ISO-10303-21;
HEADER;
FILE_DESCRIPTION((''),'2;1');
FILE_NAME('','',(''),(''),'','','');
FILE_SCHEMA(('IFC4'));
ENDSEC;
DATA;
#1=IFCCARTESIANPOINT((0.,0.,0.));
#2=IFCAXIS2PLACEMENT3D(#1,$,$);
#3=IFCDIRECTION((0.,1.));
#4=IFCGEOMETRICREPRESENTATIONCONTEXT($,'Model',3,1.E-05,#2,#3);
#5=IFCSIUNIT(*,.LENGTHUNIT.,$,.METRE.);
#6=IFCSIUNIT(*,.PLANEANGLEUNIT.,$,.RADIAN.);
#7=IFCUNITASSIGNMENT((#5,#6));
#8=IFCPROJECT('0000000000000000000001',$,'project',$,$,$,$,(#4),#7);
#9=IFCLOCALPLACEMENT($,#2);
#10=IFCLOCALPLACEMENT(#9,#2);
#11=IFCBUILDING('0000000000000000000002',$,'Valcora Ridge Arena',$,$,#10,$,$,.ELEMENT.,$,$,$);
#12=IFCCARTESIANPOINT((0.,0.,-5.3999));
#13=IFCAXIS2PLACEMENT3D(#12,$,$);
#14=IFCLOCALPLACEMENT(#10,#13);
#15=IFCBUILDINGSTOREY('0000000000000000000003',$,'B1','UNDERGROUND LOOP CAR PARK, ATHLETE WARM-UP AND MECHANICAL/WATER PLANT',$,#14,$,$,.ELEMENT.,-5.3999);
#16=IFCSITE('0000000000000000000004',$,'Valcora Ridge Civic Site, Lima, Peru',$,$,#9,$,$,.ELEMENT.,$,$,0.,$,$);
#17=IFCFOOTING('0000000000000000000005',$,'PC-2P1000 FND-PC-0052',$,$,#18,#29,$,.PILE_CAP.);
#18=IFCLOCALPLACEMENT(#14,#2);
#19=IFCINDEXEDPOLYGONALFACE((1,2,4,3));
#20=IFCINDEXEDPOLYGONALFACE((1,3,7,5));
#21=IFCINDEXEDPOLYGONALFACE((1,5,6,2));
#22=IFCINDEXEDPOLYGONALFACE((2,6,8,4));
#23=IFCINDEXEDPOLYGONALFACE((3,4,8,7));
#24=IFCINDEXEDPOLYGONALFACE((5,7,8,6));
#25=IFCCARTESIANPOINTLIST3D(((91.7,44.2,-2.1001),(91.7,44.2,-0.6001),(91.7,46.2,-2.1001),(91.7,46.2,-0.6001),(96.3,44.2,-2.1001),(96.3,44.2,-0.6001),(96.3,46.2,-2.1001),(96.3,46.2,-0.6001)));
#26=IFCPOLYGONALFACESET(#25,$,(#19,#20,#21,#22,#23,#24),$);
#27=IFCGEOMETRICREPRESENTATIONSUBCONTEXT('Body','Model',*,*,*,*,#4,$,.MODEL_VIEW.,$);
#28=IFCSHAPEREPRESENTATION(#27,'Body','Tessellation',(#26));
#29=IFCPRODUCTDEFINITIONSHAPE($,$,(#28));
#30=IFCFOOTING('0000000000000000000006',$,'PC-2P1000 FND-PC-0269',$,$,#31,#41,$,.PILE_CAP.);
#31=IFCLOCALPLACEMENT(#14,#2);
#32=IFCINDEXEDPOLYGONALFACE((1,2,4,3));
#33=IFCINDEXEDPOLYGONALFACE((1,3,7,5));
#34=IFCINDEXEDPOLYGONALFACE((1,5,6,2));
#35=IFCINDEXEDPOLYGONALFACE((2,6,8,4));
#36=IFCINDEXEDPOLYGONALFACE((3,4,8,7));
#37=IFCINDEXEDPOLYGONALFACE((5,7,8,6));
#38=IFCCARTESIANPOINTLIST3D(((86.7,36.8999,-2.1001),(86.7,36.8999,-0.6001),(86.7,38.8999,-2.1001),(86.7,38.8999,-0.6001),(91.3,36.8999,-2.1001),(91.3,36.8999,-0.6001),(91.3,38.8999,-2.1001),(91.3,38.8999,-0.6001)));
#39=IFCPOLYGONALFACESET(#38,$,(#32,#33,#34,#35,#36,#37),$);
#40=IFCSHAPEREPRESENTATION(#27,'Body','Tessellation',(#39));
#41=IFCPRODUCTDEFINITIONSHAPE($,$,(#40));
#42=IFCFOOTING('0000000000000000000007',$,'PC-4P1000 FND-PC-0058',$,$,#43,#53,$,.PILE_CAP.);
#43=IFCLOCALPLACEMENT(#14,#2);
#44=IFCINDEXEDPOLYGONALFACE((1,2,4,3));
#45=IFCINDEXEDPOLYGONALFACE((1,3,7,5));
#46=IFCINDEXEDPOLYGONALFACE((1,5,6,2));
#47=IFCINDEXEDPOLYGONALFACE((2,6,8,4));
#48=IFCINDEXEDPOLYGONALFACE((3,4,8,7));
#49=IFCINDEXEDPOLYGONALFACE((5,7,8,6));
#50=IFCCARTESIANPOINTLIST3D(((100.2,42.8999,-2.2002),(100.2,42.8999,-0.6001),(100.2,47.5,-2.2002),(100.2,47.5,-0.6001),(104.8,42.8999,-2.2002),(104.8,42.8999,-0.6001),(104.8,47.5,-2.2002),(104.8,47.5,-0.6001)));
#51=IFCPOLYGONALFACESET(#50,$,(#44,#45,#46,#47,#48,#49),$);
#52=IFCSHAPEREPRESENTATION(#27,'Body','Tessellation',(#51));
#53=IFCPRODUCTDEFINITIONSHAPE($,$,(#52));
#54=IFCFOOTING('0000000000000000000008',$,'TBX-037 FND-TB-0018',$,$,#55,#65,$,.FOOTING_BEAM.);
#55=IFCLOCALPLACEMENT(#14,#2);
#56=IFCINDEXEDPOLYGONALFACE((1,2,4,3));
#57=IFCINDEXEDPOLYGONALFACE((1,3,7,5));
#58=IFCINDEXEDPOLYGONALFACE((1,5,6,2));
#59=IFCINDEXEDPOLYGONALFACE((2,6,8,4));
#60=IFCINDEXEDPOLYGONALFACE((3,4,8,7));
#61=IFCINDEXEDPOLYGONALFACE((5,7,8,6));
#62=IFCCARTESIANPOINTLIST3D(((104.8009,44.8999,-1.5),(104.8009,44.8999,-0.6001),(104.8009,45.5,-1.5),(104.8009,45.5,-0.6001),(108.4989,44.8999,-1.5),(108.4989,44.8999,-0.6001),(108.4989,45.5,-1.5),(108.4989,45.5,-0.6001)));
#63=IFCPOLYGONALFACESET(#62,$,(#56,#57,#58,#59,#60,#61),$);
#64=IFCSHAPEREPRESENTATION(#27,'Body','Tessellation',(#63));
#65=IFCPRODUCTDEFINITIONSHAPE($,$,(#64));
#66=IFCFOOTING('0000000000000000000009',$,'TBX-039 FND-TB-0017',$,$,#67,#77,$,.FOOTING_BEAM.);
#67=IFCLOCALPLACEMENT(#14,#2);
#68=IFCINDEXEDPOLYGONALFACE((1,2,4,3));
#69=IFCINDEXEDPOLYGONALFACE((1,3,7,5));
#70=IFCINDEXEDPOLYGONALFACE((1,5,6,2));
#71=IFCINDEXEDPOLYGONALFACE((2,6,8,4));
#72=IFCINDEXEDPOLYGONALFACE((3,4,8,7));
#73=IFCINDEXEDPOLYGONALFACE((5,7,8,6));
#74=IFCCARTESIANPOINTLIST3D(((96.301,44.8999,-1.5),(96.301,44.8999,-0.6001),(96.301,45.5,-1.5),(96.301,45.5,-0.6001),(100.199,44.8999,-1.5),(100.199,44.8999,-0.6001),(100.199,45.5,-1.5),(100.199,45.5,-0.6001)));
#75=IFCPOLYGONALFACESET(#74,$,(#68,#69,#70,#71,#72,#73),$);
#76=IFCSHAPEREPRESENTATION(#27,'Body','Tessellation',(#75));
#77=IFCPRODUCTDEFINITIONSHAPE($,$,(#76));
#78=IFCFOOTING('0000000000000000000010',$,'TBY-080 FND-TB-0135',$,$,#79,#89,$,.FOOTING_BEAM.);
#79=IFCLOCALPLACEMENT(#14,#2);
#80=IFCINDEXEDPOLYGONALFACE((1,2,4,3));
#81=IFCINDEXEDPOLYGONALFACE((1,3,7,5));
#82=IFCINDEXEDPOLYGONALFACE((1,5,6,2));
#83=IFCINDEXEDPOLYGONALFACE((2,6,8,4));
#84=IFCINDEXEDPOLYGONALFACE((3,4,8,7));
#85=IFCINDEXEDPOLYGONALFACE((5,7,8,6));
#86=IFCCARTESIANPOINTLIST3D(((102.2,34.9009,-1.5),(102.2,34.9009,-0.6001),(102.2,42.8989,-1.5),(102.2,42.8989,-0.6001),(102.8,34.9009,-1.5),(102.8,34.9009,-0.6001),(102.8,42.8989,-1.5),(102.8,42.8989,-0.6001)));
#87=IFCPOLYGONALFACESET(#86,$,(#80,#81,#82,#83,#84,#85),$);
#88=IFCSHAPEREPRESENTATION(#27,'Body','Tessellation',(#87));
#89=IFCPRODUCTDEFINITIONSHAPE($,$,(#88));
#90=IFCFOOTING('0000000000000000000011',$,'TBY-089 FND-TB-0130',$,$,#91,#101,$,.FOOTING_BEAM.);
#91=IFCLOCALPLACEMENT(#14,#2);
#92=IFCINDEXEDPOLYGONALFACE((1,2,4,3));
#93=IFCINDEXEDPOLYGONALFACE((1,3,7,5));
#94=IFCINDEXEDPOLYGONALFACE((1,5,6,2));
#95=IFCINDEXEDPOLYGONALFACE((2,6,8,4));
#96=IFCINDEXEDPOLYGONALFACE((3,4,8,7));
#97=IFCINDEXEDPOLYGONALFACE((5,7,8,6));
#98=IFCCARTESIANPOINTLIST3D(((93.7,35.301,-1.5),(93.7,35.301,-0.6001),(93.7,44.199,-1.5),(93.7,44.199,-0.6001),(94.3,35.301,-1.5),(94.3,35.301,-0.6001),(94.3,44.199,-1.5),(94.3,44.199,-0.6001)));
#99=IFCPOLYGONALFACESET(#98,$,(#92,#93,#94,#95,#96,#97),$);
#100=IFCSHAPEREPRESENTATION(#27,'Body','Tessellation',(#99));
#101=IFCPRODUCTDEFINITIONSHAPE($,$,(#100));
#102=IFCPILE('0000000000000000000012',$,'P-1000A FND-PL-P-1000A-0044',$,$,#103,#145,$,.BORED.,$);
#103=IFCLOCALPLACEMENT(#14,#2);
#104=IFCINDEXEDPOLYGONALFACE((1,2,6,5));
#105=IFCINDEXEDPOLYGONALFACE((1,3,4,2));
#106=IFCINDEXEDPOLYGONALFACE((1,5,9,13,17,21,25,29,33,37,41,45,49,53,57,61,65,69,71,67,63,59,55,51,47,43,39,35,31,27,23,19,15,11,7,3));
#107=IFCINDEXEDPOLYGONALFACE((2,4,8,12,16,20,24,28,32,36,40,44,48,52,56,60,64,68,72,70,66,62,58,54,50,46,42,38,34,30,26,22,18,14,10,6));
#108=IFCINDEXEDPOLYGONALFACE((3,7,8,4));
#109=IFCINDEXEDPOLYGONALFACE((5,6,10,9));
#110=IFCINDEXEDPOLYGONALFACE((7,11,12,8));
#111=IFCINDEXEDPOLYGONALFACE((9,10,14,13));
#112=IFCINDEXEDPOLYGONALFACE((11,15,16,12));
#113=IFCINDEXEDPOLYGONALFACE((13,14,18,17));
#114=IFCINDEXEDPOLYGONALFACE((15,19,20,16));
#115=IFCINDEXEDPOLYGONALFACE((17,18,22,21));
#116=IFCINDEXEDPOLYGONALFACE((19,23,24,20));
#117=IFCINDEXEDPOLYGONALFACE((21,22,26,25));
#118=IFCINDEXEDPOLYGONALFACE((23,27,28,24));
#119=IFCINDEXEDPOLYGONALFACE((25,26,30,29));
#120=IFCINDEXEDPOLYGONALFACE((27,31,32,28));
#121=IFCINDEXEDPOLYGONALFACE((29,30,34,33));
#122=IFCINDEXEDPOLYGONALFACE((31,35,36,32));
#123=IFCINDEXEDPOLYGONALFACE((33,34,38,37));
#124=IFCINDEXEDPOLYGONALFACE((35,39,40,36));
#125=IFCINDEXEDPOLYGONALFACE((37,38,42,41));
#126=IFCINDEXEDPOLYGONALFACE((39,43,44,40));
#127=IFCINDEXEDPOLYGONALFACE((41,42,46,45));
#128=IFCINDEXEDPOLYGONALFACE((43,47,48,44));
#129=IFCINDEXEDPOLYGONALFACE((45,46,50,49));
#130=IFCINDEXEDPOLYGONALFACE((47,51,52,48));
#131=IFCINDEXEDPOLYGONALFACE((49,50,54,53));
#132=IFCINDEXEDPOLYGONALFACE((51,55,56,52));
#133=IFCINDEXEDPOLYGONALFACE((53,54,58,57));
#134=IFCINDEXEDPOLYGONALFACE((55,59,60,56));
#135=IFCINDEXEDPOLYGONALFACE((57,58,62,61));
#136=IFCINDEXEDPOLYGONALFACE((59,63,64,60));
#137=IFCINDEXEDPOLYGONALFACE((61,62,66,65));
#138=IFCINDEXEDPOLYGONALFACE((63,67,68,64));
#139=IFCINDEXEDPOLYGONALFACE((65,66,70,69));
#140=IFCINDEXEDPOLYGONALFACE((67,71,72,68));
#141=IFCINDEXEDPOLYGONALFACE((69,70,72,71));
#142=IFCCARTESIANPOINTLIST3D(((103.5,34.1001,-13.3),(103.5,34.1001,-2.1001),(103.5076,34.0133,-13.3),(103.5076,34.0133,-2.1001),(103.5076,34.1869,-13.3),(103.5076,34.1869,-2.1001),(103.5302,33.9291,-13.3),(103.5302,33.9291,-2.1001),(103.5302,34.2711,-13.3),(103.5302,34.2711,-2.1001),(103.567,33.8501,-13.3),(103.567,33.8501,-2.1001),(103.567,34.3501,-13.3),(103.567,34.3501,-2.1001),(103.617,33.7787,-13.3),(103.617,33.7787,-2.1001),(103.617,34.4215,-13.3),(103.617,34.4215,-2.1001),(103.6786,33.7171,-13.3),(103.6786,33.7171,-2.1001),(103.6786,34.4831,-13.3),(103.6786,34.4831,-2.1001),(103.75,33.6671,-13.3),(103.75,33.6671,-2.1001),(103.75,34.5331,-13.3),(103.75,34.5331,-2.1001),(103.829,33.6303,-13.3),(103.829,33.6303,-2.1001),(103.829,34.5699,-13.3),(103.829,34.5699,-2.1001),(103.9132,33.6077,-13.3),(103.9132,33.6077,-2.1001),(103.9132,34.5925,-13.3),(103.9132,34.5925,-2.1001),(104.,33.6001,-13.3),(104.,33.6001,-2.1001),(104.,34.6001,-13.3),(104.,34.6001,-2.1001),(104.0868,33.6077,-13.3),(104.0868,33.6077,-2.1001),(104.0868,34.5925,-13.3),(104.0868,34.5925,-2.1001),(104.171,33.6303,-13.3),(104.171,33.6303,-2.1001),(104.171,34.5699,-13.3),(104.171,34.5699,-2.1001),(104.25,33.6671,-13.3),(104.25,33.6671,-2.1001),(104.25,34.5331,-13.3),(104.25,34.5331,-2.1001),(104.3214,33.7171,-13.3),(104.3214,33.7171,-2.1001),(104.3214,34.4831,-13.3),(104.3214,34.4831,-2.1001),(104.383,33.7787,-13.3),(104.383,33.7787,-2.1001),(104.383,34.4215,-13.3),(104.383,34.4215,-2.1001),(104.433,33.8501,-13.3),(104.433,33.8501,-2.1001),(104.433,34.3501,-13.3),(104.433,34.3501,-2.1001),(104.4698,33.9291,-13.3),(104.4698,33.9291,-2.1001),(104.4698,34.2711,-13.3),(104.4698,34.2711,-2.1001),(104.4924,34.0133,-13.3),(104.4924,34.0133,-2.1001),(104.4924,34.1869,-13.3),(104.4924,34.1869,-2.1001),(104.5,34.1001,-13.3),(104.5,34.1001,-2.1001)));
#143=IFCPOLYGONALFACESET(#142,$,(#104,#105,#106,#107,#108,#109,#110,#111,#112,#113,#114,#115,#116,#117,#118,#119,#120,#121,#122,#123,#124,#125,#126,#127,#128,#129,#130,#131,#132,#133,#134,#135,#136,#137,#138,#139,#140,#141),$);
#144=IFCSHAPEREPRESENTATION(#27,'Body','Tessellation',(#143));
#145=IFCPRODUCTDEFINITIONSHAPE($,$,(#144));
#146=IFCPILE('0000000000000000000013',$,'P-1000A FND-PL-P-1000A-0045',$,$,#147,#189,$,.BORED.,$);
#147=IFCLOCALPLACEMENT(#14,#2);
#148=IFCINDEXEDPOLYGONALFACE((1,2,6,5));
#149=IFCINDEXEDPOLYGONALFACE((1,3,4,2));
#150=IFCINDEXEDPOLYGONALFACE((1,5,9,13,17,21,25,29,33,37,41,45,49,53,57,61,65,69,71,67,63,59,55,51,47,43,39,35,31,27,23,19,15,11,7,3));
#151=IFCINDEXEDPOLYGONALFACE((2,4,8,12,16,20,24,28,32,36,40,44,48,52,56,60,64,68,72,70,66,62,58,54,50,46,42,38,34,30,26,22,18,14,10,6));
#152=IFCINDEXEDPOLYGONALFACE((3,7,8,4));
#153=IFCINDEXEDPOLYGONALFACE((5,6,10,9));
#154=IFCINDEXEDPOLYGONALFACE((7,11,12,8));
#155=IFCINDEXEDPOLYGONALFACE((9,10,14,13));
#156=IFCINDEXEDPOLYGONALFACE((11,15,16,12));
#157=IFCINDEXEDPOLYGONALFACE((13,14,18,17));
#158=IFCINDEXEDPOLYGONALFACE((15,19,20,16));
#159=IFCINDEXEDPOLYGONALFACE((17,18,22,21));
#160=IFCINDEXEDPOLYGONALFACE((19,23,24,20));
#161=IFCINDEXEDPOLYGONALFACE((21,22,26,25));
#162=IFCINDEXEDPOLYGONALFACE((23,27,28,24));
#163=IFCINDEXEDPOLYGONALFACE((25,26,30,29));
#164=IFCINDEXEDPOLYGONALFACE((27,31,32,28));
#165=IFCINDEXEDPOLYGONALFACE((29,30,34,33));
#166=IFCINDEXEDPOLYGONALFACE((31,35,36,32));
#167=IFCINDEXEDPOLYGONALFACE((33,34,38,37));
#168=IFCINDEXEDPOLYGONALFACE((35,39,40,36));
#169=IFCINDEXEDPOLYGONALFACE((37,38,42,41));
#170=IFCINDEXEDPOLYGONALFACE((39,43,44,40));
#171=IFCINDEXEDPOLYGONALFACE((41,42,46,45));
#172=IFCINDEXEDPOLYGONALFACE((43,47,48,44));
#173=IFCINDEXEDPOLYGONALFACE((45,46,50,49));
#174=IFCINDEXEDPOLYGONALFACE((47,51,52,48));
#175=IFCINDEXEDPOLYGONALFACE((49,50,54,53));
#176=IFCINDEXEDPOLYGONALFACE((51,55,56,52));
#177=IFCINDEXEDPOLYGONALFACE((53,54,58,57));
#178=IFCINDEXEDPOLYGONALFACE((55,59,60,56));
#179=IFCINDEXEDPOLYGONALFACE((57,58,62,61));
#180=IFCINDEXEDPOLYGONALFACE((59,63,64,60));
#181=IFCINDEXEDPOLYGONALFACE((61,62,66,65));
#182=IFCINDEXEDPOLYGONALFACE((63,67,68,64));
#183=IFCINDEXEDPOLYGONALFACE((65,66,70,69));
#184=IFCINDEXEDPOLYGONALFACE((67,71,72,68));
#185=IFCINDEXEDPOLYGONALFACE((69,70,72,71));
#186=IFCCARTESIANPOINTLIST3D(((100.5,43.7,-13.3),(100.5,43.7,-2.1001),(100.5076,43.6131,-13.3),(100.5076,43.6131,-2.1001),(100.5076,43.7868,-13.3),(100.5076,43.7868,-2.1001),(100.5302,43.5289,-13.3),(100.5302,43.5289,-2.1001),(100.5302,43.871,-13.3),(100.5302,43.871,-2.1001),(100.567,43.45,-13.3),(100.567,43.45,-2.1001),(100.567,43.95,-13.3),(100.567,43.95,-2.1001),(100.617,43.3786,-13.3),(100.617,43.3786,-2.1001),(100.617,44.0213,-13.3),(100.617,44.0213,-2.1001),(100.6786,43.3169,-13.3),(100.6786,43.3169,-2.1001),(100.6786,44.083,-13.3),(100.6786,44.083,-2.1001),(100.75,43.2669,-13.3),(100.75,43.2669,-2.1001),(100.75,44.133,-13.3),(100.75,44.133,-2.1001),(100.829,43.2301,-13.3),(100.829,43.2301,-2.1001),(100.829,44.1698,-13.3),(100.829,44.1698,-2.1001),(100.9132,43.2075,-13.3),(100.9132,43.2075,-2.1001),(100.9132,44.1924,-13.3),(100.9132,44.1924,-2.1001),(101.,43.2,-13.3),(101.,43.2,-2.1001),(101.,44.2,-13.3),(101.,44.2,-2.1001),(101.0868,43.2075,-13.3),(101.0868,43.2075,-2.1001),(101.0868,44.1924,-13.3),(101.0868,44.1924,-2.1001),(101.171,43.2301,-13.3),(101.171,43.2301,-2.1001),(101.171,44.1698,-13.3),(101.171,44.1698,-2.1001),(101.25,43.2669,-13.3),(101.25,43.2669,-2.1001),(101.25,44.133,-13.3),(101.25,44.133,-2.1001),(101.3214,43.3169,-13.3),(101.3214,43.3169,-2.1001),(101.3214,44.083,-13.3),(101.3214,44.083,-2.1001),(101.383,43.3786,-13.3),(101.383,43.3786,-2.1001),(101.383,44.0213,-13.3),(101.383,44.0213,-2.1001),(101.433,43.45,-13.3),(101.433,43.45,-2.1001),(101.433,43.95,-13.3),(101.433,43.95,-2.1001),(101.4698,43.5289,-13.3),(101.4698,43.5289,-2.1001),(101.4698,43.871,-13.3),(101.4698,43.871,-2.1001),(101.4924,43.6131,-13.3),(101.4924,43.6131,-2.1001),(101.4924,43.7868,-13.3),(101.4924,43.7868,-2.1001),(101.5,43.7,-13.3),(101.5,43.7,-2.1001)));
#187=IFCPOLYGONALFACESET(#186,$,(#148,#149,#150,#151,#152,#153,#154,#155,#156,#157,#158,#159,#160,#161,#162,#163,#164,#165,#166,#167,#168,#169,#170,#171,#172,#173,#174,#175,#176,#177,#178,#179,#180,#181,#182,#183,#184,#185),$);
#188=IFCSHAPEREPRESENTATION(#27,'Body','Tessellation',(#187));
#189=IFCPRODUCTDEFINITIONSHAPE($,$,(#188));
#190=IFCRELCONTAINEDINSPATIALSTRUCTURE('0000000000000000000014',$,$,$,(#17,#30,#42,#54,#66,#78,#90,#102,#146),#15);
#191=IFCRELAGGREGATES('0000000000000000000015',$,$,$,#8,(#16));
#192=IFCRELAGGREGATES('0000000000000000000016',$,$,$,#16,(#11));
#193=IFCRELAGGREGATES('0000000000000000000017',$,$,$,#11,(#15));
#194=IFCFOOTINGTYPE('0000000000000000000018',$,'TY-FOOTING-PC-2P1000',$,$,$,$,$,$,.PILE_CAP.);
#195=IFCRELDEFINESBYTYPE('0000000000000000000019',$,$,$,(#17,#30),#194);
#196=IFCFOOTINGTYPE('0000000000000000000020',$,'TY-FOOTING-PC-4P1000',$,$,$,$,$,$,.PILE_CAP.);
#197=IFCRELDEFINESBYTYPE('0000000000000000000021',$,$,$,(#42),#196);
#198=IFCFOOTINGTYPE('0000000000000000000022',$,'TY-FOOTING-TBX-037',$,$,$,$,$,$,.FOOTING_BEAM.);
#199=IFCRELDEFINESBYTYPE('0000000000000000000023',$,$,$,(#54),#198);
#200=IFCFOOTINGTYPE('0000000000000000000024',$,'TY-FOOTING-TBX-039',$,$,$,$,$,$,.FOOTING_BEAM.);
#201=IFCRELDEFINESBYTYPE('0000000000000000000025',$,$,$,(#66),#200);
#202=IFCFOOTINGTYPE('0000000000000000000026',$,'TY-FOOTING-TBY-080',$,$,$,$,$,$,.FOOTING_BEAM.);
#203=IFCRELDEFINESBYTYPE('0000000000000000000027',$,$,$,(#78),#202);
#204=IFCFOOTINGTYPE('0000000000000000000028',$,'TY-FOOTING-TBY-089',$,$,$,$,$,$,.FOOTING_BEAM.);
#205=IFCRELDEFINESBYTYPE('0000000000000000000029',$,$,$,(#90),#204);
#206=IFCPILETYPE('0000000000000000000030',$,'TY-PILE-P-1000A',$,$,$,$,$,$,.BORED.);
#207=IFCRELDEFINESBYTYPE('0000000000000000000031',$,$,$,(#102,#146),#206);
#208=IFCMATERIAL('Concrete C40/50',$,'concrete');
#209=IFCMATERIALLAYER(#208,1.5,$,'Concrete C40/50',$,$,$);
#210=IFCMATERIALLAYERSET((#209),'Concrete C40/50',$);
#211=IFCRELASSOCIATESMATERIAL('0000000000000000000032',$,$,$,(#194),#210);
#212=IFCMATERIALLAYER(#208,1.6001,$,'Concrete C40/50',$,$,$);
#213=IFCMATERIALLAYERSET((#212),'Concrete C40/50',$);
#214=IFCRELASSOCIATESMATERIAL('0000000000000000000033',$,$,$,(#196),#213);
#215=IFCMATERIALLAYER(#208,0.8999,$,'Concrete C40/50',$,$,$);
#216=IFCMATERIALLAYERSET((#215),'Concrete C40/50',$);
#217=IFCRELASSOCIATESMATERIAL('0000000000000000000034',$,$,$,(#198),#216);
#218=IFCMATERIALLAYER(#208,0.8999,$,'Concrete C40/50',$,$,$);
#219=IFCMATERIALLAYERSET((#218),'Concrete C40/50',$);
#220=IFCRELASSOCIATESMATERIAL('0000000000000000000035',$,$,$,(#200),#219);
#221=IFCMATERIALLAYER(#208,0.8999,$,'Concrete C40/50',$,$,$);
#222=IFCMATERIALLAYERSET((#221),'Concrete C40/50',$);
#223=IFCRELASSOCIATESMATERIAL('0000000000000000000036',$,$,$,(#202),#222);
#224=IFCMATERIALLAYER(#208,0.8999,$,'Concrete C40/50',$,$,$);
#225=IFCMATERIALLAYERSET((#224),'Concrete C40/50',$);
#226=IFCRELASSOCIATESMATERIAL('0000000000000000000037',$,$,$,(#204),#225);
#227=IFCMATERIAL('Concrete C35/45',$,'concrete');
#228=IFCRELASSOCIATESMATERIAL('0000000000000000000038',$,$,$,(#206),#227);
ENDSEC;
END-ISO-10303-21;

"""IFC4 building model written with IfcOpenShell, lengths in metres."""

from ifc_helpers import new_model, si_unit, direction, frame, origin, origin_2d, place, context, subcontext, project, spatial, rectangle, circle, extrude, material, layer, layer_set, material_profile, profile_set, type_object, element, save


model = new_model("IFC4")

# Units and contexts
model_context = context("Model", 3, precision=1e-05, world=origin(), true_north=direction((0.0, 1.0)))
body_context = subcontext(model_context, "Body", "Model", "MODEL_VIEW")
ifc_project = project(units=[si_unit("LENGTHUNIT", "METRE"), si_unit("PLANEANGLEUNIT", "RADIAN")], contexts=[model_context])

# Site, building, storey
site_placement = place(None, origin())
site = spatial("IfcSite", under=ifc_project, at=site_placement, Name="Valcora Ridge Civic Site, Lima, Peru", CompositionType="ELEMENT", RefElevation=0.0)
building_placement = place(site_placement, origin())
building = spatial("IfcBuilding", under=site, at=building_placement, Name="Valcora Ridge Arena", CompositionType="ELEMENT")
storey_placement = place(building_placement, frame((0.0, 0.0, -5.3999)))
storey = spatial("IfcBuildingStorey", under=building, at=storey_placement, Name="B1", Description="UNDERGROUND LOOP CAR PARK, ATHLETE WARM-UP AND MECHANICAL/WATER PLANT", CompositionType="ELEMENT", Elevation=-5.3999)

# Footings
ifc_material_1 = material(Name="Concrete C40/50", Category="concrete")
ifc_layer_1 = layer(ifc_material_1, 1.5, Name="Concrete C40/50")
ifc_layer_set_1 = layer_set([ifc_layer_1], Name="Concrete C40/50")
footing_type_1 = type_object("IfcFootingType", Name="TY-FOOTING-PC-2P1000", PredefinedType="PILE_CAP", material=ifc_layer_set_1)
for number, where, z_axis, x_axis, name in (
    (1, (94.0, 45.2, -2.1001), (0.0, 0.0, 1.0), (1.0, 0.0, 0.0), "PC-2P1000 FND-PC-0052"),
    (2, (89.0, 37.8999, -2.1001), (0.0, 0.0, 1.0), (1.0, 0.0, 0.0), "PC-2P1000 FND-PC-0269"),
):
    element("IfcFooting", number, at=place(storey_placement, frame(where, z_axis=z_axis, x_axis=x_axis)), inside=storey, type_object=footing_type_1, Name=name, PredefinedType="PILE_CAP", context=body_context, shape_type="SweptSolid", body=[
        extrude(rectangle(XDim=4.6001, YDim=2.0, at=origin_2d()), origin(), (0.0, 0.0, 1.0), 1.5),
    ])
ifc_layer_2 = layer(ifc_material_1, 1.6001, Name="Concrete C40/50")
ifc_layer_set_2 = layer_set([ifc_layer_2], Name="Concrete C40/50")
footing_type_2 = type_object("IfcFootingType", Name="TY-FOOTING-PC-4P1000", PredefinedType="PILE_CAP", material=ifc_layer_set_2)
footing_1_placement = place(storey_placement, frame((102.5, 45.2, -2.2002), z_axis=(0.0, 0.0, 1.0), x_axis=(1.0, 0.0, 0.0)))
element("IfcFooting", 3, at=footing_1_placement, inside=storey, type_object=footing_type_2, Name="PC-4P1000 FND-PC-0058", PredefinedType="PILE_CAP", context=body_context, shape_type="SweptSolid", body=[
    extrude(rectangle(XDim=4.6001, YDim=4.6001, at=origin_2d()), origin(), (0.0, 0.0, 1.0), 1.6001),
])
ifc_layer_3 = layer(ifc_material_1, 0.8999, Name="Concrete C40/50")
ifc_layer_set_3 = layer_set([ifc_layer_3], Name="Concrete C40/50")
footing_type_3 = type_object("IfcFootingType", Name="TY-FOOTING-TBX-037", PredefinedType="FOOTING_BEAM", material=ifc_layer_set_3)
footing_2_placement = place(storey_placement, frame((106.6499, 45.2, -1.5), z_axis=(0.0, 0.0, 1.0), x_axis=(1.0, 0.0, 0.0)))
element("IfcFooting", 4, at=footing_2_placement, inside=storey, type_object=footing_type_3, Name="TBX-037 FND-TB-0018", PredefinedType="FOOTING_BEAM", context=body_context, shape_type="SweptSolid", body=[
    extrude(rectangle(XDim=3.698, YDim=0.6001, at=origin_2d()), origin(), (0.0, 0.0, 1.0), 0.8999),
])
ifc_layer_4 = layer(ifc_material_1, 0.8999, Name="Concrete C40/50")
ifc_layer_set_4 = layer_set([ifc_layer_4], Name="Concrete C40/50")
footing_type_4 = type_object("IfcFootingType", Name="TY-FOOTING-TBX-039", PredefinedType="FOOTING_BEAM", material=ifc_layer_set_4)
footing_3_placement = place(storey_placement, frame((98.25, 45.2, -1.5), z_axis=(0.0, 0.0, 1.0), x_axis=(1.0, 0.0, 0.0)))
element("IfcFooting", 5, at=footing_3_placement, inside=storey, type_object=footing_type_4, Name="TBX-039 FND-TB-0017", PredefinedType="FOOTING_BEAM", context=body_context, shape_type="SweptSolid", body=[
    extrude(rectangle(XDim=3.8979, YDim=0.6001, at=origin_2d()), origin(), (0.0, 0.0, 1.0), 0.8999),
])
ifc_layer_5 = layer(ifc_material_1, 0.8999, Name="Concrete C40/50")
ifc_layer_set_5 = layer_set([ifc_layer_5], Name="Concrete C40/50")
footing_type_5 = type_object("IfcFootingType", Name="TY-FOOTING-TBY-080", PredefinedType="FOOTING_BEAM", material=ifc_layer_set_5)
footing_4_placement = place(storey_placement, frame((102.5, 38.8999, -1.5), z_axis=(0.0, 0.0, 1.0), x_axis=(1.0, 0.0, 0.0)))
element("IfcFooting", 6, at=footing_4_placement, inside=storey, type_object=footing_type_5, Name="TBY-080 FND-TB-0135", PredefinedType="FOOTING_BEAM", context=body_context, shape_type="SweptSolid", body=[
    extrude(rectangle(XDim=0.6001, YDim=7.998, at=origin_2d()), origin(), (0.0, 0.0, 1.0), 0.8999),
])
ifc_layer_6 = layer(ifc_material_1, 0.8999, Name="Concrete C40/50")
ifc_layer_set_6 = layer_set([ifc_layer_6], Name="Concrete C40/50")
footing_type_6 = type_object("IfcFootingType", Name="TY-FOOTING-TBY-089", PredefinedType="FOOTING_BEAM", material=ifc_layer_set_6)
footing_5_placement = place(storey_placement, frame((94.0, 39.75, -1.5), z_axis=(0.0, 0.0, 1.0), x_axis=(1.0, 0.0, 0.0)))
element("IfcFooting", 7, at=footing_5_placement, inside=storey, type_object=footing_type_6, Name="TBY-089 FND-TB-0130", PredefinedType="FOOTING_BEAM", context=body_context, shape_type="SweptSolid", body=[
    extrude(rectangle(XDim=0.6001, YDim=8.8979, at=origin_2d()), origin(), (0.0, 0.0, 1.0), 0.8999),
])

# Piles
ifc_material_2 = material(Name="Concrete C35/45", Category="concrete")
ifc_material_profile_1 = material_profile(ifc_material_2, circle(Radius=0.5, at=origin_2d()), Name="BORED PILE D1000")
ifc_profile_set_1 = profile_set([ifc_material_profile_1], Name="Concrete C35/45")
pile_type_1 = type_object("IfcPileType", Name="TY-PILE-P-1000A", PredefinedType="BORED", material=ifc_profile_set_1)
for number, where, z_axis, x_axis, name in (
    (8, (104.0, 34.1001, -2.1001), (0.0, 0.0, -1.0), (1.0, 0.0, 0.0), "P-1000A FND-PL-P-1000A-0044"),
    (9, (101.0, 43.7, -2.1001), (0.0, 0.0, -1.0), (1.0, 0.0, 0.0), "P-1000A FND-PL-P-1000A-0045"),
):
    element("IfcPile", number, at=place(storey_placement, frame(where, z_axis=z_axis, x_axis=x_axis)), inside=storey, type_object=pile_type_1, Name=name, PredefinedType="BORED", context=body_context, shape_type="SweptSolid", body=[
        extrude(circle(Radius=0.5, at=origin_2d()), origin(), (0.0, 0.0, 1.0), 11.2),
    ])

save(model, "model.ifc")
